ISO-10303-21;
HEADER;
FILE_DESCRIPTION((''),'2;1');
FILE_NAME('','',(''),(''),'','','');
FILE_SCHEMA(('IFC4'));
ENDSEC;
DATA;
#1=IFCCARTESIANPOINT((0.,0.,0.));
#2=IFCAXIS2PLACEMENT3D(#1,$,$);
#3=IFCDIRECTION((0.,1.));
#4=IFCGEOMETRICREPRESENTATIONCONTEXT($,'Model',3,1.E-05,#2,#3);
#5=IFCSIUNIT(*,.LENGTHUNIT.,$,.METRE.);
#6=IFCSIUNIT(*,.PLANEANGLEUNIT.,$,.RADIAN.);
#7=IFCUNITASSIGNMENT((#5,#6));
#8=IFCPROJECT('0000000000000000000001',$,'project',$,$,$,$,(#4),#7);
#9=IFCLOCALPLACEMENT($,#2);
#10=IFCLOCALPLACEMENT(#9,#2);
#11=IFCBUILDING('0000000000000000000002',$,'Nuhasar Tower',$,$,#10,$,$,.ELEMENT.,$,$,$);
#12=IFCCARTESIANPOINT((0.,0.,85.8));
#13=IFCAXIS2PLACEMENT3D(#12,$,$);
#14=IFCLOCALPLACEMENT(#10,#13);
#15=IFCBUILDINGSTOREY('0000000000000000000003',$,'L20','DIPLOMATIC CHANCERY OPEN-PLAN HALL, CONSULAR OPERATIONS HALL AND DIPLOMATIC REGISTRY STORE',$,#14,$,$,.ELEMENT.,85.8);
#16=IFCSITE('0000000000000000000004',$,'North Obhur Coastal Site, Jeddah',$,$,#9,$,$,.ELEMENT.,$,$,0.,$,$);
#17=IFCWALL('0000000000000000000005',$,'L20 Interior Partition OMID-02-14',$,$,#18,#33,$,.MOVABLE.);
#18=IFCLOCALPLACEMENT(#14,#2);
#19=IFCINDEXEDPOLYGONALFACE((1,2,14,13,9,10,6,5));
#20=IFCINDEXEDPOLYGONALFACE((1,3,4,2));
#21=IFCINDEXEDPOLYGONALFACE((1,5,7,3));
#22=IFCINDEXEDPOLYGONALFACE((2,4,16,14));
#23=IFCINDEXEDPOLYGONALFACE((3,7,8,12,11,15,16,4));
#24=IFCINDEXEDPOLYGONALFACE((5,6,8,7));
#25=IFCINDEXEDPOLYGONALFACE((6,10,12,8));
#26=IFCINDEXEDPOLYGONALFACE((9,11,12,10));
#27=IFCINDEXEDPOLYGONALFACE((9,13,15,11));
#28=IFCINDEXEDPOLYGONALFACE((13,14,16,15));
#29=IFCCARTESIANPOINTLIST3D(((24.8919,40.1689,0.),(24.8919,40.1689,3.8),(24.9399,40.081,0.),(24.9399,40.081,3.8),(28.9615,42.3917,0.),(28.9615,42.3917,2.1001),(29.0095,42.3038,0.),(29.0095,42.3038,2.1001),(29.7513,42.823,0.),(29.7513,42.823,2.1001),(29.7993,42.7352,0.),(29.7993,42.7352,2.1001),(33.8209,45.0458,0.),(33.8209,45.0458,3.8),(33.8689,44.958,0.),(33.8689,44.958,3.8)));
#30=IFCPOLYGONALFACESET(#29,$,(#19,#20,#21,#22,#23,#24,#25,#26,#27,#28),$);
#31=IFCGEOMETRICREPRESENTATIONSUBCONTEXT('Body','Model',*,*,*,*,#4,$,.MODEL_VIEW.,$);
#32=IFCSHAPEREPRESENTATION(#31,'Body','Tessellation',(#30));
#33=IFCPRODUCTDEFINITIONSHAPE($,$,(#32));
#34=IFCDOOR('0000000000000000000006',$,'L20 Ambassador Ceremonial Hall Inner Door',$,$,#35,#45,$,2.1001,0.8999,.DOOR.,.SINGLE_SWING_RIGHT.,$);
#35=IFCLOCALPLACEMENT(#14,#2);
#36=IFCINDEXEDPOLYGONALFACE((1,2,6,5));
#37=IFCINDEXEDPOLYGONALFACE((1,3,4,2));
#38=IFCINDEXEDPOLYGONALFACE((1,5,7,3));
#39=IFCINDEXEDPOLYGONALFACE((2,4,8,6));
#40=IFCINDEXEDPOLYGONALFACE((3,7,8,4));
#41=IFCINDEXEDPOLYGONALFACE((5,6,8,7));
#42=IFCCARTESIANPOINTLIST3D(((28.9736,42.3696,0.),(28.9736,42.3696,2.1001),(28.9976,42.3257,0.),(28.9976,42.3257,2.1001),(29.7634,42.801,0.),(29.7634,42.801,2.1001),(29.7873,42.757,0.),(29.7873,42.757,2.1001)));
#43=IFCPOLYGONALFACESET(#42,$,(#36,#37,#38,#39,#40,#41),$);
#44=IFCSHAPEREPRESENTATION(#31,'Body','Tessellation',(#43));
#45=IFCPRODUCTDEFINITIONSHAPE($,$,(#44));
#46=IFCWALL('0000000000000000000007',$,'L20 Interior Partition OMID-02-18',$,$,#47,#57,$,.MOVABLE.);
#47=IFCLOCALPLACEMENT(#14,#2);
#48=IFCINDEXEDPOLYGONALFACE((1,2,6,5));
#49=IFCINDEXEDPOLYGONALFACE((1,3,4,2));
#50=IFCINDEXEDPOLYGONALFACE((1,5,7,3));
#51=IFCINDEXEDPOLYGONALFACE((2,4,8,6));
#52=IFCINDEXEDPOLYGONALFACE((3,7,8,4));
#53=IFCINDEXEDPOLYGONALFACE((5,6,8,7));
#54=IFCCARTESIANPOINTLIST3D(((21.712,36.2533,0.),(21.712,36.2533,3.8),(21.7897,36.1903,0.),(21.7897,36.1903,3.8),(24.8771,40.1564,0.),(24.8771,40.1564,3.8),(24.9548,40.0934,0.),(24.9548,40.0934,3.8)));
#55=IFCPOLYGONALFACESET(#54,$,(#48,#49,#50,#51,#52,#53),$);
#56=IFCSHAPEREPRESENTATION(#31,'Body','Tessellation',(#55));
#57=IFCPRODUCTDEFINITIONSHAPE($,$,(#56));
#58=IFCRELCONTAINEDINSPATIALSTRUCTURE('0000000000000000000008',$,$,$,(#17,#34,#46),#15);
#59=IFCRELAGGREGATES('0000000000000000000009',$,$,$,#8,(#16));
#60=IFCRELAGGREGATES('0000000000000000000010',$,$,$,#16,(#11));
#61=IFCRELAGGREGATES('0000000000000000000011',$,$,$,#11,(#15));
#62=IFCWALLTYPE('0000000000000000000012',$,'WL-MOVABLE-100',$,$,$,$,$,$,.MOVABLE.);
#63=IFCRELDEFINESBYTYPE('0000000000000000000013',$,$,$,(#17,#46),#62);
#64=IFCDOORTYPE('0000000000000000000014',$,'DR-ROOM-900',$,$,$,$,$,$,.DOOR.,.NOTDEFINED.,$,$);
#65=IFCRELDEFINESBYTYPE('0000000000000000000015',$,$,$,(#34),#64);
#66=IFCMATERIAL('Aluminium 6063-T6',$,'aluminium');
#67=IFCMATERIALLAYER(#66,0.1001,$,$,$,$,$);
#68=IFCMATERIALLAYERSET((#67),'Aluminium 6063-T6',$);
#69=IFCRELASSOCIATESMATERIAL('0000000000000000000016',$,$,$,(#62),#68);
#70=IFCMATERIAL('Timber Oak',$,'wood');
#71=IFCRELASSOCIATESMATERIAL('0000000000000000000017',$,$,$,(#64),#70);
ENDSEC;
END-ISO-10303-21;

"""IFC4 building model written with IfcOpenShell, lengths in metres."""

from ifc_helpers import new_model, si_unit, direction, frame, frame_2d, origin, place, context, subcontext, project, spatial, rectangle, extrude, material, layer, layer_set, type_object, element, fill, save


model = new_model("IFC4")

# Units and contexts
model_context = context("Model", 3, precision=1e-05, world=origin(), true_north=direction((0.0, 1.0)))
body_context = subcontext(model_context, "Body", "Model", "MODEL_VIEW")
ifc_project = project(units=[si_unit("LENGTHUNIT", "METRE"), si_unit("PLANEANGLEUNIT", "RADIAN")], contexts=[model_context])

# Site, building, storey
site_placement = place(None, origin())
site = spatial("IfcSite", under=ifc_project, at=site_placement, Name="North Obhur Coastal Site, Jeddah", CompositionType="ELEMENT", RefElevation=0.0)
building_placement = place(site_placement, origin())
building = spatial("IfcBuilding", under=site, at=building_placement, Name="Nuhasar Tower", CompositionType="ELEMENT")
storey_placement = place(building_placement, frame((0.0, 0.0, 85.8)))
storey = spatial("IfcBuildingStorey", under=building, at=storey_placement, Name="L20", Description="DIPLOMATIC CHANCERY OPEN-PLAN HALL, CONSULAR OPERATIONS HALL AND DIPLOMATIC REGISTRY STORE", CompositionType="ELEMENT", Elevation=85.8)

# Shared definitions
ifc_material_1 = material(Name="Aluminium 6063-T6", Category="aluminium")

# Wall, opening, door
ifc_layer_1 = layer(ifc_material_1, 0.1001)
ifc_layer_set_1 = layer_set([ifc_layer_1], Name="Aluminium 6063-T6")
wall_type = type_object("IfcWallType", Name="WL-MOVABLE-100", PredefinedType="MOVABLE", material=ifc_layer_set_1)
wall_1_placement = place(storey_placement, frame((24.916, 40.125, 0.0), z_axis=(0.0, 0.0, 1.0), x_axis=(0.877622, 0.479353, 0.0)))
wall_1 = element("IfcWall", 1, at=wall_1_placement, inside=storey, type_object=wall_type, Name="L20 Interior Partition OMID-02-14", PredefinedType="MOVABLE", context=body_context, shape_type="SweptSolid", body=[
    extrude(rectangle(XDim=10.1741, YDim=0.1001, at=frame_2d((5.0869, 0.0))), origin(), (0.0, 0.0, 1.0), 3.8),
])
opening_placement = place(wall_1_placement, frame((4.637, 0.0, 0.0)))
opening = element("IfcOpeningElement", 2, at=opening_placement, cuts=wall_1, PredefinedType="OPENING", context=body_context, shape_type="SweptSolid", body=[
    extrude(rectangle(XDim=0.8999, YDim=2.1001, at=frame_2d((0.45, 1.05))), frame((0.0, 0.0601, 0.0), z_axis=(0.0, -1.0, 0.0), x_axis=(1.0, 0.0, 0.0)), (0.0, 0.0, 1.0), 0.1201),
])
ifc_material_2 = material(Name="Timber Oak", Category="wood")
door_type = type_object("IfcDoorType", Name="DR-ROOM-900", OperationType="NOTDEFINED", PredefinedType="DOOR", material=ifc_material_2)
door_placement = place(opening_placement, origin())
door = element("IfcDoor", 3, at=door_placement, inside=storey, type_object=door_type, Name="L20 Ambassador Ceremonial Hall Inner Door", OperationType="SINGLE_SWING_RIGHT", OverallHeight=2.1001, OverallWidth=0.8999, PredefinedType="DOOR", context=body_context, shape_type="SweptSolid", body=[
    extrude(rectangle(XDim=0.8999, YDim=2.1001, at=frame_2d((0.45, 1.05))), frame((0.0, 0.0249, 0.0), z_axis=(0.0, -1.0, 0.0), x_axis=(1.0, 0.0, 0.0)), (0.0, 0.0, 1.0), 0.05),
])
fill(opening, door)

# Wall
wall_2_placement = place(storey_placement, frame((24.916, 40.125, 0.0), z_axis=(0.0, 0.0, 1.0), x_axis=(-0.629848, -0.776718, 0.0)))
element("IfcWall", 4, at=wall_2_placement, inside=storey, type_object=wall_type, Name="L20 Interior Partition OMID-02-18", PredefinedType="MOVABLE", context=body_context, shape_type="SweptSolid", body=[
    extrude(rectangle(XDim=5.0251, YDim=0.1001, at=frame_2d((2.5127, 0.0))), origin(), (0.0, 0.0, 1.0), 3.8),
])

save(model, "model.ifc")
